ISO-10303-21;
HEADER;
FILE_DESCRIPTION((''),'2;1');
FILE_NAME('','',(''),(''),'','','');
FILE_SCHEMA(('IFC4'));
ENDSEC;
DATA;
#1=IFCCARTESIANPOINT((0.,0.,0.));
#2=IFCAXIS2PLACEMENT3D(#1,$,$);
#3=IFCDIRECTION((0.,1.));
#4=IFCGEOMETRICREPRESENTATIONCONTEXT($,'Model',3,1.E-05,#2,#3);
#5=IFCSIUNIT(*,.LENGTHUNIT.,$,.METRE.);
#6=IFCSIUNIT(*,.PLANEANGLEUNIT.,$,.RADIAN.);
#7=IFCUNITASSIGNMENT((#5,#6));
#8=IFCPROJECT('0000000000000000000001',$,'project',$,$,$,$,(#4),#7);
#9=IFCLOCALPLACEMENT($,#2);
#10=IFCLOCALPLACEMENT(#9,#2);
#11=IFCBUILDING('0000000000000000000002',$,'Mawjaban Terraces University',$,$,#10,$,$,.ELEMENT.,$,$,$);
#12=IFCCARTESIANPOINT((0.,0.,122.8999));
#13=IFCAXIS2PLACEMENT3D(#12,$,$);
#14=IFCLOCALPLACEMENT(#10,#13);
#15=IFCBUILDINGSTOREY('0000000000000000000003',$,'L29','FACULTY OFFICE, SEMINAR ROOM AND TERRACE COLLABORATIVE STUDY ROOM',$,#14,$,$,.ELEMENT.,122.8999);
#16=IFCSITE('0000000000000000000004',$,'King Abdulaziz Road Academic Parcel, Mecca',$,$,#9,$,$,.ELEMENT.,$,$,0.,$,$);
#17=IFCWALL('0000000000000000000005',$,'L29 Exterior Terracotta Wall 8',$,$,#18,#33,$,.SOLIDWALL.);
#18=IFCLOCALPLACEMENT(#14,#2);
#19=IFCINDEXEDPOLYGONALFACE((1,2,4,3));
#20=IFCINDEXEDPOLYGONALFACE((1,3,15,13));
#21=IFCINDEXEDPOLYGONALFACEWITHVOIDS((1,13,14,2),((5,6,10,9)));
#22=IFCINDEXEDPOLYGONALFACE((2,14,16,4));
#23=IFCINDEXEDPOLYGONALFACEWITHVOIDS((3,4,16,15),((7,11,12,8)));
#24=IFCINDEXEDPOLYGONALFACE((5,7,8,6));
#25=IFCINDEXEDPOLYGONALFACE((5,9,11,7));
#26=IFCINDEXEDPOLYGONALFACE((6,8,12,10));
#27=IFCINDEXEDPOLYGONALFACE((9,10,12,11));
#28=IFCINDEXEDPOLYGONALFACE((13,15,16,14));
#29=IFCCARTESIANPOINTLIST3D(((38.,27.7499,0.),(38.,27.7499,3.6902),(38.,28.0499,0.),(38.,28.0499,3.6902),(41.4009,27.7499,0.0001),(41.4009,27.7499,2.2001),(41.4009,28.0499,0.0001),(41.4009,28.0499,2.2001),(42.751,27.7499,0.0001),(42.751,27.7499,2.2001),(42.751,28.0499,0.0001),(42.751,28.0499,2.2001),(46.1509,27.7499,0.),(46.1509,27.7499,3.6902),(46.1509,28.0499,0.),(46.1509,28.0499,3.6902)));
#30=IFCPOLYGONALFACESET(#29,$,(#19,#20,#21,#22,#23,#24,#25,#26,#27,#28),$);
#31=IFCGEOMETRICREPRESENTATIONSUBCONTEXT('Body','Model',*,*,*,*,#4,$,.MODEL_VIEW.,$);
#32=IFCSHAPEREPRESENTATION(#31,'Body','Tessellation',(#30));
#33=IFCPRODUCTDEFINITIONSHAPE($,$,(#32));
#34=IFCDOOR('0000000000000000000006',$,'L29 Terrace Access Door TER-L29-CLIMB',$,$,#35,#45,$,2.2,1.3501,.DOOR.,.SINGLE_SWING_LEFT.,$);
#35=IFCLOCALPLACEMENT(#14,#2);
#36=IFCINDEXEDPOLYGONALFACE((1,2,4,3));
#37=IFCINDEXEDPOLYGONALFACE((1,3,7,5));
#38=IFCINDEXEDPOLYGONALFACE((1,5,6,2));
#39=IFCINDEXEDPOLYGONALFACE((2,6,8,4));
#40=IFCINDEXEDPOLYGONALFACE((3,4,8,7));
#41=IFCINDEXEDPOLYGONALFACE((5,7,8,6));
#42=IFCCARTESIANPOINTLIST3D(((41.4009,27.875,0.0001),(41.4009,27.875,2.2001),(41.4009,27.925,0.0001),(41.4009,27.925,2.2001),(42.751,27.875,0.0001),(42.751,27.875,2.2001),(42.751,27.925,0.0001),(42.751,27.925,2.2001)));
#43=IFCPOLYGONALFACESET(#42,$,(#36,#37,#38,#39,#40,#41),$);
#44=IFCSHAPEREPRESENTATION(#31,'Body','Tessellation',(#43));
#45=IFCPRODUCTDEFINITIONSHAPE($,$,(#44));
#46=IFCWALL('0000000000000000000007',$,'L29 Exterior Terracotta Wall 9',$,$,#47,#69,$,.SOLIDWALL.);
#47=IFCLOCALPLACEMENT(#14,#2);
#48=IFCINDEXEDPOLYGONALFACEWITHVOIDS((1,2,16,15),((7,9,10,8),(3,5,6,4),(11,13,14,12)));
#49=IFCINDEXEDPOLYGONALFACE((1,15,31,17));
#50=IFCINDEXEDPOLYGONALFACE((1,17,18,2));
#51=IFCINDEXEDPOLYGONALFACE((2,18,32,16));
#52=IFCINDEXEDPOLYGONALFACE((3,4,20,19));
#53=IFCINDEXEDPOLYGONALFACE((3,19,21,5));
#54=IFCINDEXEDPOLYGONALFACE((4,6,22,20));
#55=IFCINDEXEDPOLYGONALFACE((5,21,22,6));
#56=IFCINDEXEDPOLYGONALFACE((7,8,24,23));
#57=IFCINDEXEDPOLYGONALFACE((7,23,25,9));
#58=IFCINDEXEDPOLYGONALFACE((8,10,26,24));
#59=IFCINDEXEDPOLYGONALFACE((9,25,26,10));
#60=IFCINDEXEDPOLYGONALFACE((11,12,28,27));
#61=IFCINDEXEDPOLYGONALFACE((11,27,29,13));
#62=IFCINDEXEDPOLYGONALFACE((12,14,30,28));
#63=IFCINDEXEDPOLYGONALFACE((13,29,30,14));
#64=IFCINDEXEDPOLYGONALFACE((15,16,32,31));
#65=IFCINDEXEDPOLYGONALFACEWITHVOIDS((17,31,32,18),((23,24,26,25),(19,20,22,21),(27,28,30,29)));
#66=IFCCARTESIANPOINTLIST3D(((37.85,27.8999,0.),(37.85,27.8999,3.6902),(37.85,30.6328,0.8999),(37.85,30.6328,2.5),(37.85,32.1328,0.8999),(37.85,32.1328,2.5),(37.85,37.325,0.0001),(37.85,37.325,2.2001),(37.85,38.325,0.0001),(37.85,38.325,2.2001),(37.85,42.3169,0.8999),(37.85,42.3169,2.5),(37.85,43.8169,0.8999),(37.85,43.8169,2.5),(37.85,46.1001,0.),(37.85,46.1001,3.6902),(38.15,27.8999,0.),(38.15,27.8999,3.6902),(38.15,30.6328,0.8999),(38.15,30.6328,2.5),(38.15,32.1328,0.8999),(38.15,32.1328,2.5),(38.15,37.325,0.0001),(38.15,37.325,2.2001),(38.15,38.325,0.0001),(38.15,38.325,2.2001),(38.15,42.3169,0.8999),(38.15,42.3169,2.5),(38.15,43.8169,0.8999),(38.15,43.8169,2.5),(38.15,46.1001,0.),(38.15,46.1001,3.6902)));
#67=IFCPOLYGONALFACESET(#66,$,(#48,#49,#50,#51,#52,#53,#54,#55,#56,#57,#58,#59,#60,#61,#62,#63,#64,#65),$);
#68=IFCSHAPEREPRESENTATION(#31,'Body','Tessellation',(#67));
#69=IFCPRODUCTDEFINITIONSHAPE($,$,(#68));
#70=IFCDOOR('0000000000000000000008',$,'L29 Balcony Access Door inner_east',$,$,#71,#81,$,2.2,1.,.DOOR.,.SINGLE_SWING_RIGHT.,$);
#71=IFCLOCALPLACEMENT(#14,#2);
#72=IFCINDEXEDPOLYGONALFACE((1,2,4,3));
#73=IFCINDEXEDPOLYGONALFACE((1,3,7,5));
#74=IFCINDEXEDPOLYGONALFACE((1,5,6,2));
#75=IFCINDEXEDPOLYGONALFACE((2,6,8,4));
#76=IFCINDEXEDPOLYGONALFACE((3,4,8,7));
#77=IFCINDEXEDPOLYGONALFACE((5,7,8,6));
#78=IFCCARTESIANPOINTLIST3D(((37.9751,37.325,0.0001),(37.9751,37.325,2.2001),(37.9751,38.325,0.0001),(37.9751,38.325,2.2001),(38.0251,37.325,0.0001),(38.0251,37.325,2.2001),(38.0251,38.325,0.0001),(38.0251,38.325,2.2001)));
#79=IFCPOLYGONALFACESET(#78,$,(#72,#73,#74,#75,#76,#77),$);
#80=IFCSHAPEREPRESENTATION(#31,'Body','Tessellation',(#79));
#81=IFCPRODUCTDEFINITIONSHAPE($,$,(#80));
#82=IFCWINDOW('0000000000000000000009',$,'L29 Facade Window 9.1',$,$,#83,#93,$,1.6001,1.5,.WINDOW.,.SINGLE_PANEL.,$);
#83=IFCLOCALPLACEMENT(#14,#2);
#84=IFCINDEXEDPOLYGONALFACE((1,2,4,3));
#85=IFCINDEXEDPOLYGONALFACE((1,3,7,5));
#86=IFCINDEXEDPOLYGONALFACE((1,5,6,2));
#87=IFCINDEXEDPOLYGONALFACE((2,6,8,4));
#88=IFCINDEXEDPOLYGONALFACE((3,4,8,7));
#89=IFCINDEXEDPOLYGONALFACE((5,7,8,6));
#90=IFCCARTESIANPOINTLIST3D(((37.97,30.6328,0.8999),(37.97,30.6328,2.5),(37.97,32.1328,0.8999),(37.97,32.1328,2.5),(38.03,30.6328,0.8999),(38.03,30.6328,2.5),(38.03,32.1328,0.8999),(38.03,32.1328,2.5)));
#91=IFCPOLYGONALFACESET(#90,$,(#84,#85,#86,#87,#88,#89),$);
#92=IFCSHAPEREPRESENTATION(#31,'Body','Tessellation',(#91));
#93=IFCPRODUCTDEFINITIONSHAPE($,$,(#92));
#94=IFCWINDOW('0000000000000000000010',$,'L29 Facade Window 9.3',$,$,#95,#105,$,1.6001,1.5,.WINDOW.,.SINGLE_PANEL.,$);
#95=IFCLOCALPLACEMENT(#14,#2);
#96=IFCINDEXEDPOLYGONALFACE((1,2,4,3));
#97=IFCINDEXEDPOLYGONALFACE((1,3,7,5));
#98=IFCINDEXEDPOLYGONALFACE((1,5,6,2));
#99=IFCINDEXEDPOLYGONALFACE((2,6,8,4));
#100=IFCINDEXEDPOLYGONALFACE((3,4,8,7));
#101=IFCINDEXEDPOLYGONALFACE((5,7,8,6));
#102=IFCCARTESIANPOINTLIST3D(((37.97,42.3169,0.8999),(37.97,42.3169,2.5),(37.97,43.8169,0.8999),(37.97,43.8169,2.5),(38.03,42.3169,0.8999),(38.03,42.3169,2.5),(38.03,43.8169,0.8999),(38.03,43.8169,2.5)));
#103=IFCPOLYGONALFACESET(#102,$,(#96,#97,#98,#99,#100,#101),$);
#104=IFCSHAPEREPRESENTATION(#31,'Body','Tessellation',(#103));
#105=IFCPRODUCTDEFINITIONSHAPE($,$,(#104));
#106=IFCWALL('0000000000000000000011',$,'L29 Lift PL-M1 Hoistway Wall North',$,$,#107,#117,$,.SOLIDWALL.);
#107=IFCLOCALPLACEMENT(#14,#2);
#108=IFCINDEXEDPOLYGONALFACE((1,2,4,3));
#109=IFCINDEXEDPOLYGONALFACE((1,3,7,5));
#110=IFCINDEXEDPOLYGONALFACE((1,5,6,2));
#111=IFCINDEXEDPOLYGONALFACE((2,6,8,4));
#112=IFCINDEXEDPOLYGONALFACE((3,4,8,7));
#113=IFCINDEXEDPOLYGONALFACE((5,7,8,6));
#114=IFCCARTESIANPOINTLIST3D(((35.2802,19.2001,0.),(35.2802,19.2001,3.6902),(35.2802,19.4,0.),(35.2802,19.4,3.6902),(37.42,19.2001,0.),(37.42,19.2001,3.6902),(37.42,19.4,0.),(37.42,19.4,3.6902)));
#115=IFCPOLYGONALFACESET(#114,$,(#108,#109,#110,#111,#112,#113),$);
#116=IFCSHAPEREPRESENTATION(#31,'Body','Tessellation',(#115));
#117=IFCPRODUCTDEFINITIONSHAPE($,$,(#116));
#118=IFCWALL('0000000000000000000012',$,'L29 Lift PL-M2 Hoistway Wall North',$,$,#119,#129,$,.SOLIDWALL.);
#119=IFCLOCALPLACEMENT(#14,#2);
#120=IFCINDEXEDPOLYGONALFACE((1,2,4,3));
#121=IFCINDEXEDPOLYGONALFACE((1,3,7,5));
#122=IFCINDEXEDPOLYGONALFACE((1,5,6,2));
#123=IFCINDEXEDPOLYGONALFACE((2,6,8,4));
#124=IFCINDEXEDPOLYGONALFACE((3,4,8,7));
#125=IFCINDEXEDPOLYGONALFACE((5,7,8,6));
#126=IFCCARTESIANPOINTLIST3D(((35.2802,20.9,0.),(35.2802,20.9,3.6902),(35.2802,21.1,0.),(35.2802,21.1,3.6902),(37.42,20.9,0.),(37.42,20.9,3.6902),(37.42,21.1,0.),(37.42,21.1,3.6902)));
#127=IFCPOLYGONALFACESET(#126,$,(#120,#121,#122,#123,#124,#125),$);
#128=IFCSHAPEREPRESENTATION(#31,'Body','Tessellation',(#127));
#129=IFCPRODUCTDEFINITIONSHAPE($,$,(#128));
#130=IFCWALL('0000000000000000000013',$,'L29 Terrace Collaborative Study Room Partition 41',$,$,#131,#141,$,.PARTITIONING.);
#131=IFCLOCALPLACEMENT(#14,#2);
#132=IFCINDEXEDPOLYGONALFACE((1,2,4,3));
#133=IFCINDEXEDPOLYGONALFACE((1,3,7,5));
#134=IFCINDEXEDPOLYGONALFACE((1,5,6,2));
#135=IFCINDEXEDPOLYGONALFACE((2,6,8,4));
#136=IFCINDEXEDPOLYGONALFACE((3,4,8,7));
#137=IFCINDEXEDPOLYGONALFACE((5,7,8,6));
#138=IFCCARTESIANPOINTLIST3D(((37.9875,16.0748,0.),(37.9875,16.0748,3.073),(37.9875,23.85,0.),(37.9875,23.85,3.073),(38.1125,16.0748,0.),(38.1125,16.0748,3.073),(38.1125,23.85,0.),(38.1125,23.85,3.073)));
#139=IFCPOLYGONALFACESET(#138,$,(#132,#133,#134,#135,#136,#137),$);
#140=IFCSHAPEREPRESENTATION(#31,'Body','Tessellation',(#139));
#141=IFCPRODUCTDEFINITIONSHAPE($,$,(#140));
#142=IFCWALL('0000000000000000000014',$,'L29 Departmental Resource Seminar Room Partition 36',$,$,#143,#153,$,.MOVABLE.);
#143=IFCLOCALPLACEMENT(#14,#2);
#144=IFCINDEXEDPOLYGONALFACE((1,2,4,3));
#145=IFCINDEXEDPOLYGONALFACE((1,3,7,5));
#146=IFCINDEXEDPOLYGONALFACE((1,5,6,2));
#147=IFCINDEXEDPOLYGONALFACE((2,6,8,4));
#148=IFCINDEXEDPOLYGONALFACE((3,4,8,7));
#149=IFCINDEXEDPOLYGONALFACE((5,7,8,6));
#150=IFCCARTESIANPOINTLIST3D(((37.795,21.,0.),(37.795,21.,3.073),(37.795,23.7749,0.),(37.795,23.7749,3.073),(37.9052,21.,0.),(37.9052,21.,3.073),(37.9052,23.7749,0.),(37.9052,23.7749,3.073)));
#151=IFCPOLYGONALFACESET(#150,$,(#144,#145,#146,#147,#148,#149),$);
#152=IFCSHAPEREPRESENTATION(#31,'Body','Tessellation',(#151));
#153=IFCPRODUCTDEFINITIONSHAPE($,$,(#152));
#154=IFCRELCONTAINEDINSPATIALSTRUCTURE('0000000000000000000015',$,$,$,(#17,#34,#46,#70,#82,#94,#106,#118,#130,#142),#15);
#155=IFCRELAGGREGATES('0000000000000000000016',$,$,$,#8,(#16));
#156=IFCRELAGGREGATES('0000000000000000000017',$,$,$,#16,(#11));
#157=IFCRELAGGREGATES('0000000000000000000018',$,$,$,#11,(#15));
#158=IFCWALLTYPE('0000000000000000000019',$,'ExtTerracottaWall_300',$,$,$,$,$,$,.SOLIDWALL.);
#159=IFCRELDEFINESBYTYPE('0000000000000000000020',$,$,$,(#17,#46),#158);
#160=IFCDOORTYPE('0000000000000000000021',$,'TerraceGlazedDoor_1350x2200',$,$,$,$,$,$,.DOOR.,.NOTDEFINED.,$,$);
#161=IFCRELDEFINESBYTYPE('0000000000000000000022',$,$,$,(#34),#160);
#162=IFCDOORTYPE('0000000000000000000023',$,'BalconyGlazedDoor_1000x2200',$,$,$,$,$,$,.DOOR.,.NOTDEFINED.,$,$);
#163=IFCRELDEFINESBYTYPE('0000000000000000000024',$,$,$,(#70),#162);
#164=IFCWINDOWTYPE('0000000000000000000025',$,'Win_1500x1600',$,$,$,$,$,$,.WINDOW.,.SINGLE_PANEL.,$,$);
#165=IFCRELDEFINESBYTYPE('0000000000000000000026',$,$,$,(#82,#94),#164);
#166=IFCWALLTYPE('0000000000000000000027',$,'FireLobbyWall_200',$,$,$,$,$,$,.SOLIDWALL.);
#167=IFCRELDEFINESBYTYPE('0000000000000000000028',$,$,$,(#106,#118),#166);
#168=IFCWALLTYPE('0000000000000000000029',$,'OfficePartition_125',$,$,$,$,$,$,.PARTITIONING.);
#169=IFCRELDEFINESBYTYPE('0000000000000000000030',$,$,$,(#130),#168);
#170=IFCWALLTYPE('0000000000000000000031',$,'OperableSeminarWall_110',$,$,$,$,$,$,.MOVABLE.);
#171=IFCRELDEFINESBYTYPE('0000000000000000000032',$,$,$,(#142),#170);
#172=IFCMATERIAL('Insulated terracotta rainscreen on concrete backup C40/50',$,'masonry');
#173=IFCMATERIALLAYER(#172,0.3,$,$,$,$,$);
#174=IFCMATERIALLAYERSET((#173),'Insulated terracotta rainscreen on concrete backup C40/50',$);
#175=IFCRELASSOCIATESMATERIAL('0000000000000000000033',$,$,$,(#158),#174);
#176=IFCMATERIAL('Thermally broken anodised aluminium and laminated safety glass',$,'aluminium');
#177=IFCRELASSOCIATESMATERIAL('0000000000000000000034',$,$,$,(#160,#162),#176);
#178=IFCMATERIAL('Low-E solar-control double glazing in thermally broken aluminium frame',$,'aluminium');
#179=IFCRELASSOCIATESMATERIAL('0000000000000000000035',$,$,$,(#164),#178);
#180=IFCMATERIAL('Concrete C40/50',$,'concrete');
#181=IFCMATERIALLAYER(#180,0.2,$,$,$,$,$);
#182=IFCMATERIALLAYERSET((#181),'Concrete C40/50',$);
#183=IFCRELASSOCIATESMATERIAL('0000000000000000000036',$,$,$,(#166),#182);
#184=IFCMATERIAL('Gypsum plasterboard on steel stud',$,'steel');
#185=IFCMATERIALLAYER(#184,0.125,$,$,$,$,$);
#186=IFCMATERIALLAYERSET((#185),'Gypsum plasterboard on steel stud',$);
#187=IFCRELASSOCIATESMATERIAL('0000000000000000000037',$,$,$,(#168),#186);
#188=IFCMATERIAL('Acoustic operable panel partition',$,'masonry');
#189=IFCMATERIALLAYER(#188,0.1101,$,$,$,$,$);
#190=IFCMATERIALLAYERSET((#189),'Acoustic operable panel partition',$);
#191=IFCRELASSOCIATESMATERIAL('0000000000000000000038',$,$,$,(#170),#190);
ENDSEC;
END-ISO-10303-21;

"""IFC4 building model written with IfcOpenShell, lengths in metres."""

from ifc_helpers import new_model, si_unit, direction, frame, frame_2d, origin, place, context, subcontext, project, spatial, rectangle, extrude, material, layer, layer_set, type_object, element, fill, save


model = new_model("IFC4")

# Units and contexts
model_context = context("Model", 3, precision=1e-05, world=origin(), true_north=direction((0.0, 1.0)))
body_context = subcontext(model_context, "Body", "Model", "MODEL_VIEW")
ifc_project = project(units=[si_unit("LENGTHUNIT", "METRE"), si_unit("PLANEANGLEUNIT", "RADIAN")], contexts=[model_context])

# Site, building, storey
site_placement = place(None, origin())
site = spatial("IfcSite", under=ifc_project, at=site_placement, Name="King Abdulaziz Road Academic Parcel, Mecca", CompositionType="ELEMENT", RefElevation=0.0)
building_placement = place(site_placement, origin())
building = spatial("IfcBuilding", under=site, at=building_placement, Name="Mawjaban Terraces University", CompositionType="ELEMENT")
storey_placement = place(building_placement, frame((0.0, 0.0, 122.8999)))
storey = spatial("IfcBuildingStorey", under=building, at=storey_placement, Name="L29", Description="FACULTY OFFICE, SEMINAR ROOM AND TERRACE COLLABORATIVE STUDY ROOM", CompositionType="ELEMENT", Elevation=122.8999)

# Shared definitions
ifc_material_1 = material(Name="Insulated terracotta rainscreen on concrete backup C40/50", Category="masonry")
ifc_layer_1 = layer(ifc_material_1, 0.3)
ifc_layer_set_1 = layer_set([ifc_layer_1], Name="Insulated terracotta rainscreen on concrete backup C40/50")
wall_type_1 = type_object("IfcWallType", Name="ExtTerracottaWall_300", PredefinedType="SOLIDWALL", material=ifc_layer_set_1)

# Wall, opening, door
wall_1_placement = place(storey_placement, frame((46.1509, 27.8999, 0.0), z_axis=(0.0, 0.0, 1.0), x_axis=(-1.0, 0.0, 0.0)))
wall_1 = element("IfcWall", 1, at=wall_1_placement, inside=storey, type_object=wall_type_1, Name="L29 Exterior Terracotta Wall 8", PredefinedType="SOLIDWALL", context=body_context, shape_type="SweptSolid", body=[
    extrude(rectangle(XDim=8.1509, YDim=0.3, at=frame_2d((4.0754, 0.0))), origin(), (0.0, 0.0, 1.0), 3.6902),
])
opening_1_placement = place(wall_1_placement, frame((3.3999, 0.0, 0.0)))
opening_1 = element("IfcOpeningElement", 2, at=opening_1_placement, cuts=wall_1, PredefinedType="OPENING", context=body_context, shape_type="SweptSolid", body=[
    extrude(rectangle(XDim=1.3501, YDim=2.2, at=frame_2d((0.675, 1.1001))), frame((0.0, 0.1599, 0.0), z_axis=(0.0, -1.0, 0.0), x_axis=(1.0, 0.0, 0.0)), (0.0, 0.0, 1.0), 0.3201),
])
ifc_material_2 = material(Name="Thermally broken anodised aluminium and laminated safety glass", Category="aluminium")
door_type_1 = type_object("IfcDoorType", Name="TerraceGlazedDoor_1350x2200", OperationType="NOTDEFINED", PredefinedType="DOOR", material=ifc_material_2)
door_1_placement = place(opening_1_placement, origin())
door_1 = element("IfcDoor", 3, at=door_1_placement, inside=storey, type_object=door_type_1, Name="L29 Terrace Access Door TER-L29-CLIMB", OperationType="SINGLE_SWING_LEFT", OverallHeight=2.2, OverallWidth=1.3501, PredefinedType="DOOR", context=body_context, shape_type="SweptSolid", body=[
    extrude(rectangle(XDim=1.3501, YDim=2.2, at=frame_2d((0.675, 1.1001))), frame((0.0, 0.0249, 0.0), z_axis=(0.0, -1.0, 0.0), x_axis=(1.0, 0.0, 0.0)), (0.0, 0.0, 1.0), 0.05),
])
fill(opening_1, door_1)

# Wall, openings, door, windows
wall_2_placement = place(storey_placement, frame((38.0, 27.8999, 0.0), z_axis=(0.0, 0.0, 1.0), x_axis=(0.0, 1.0, 0.0)))
wall_2 = element("IfcWall", 4, at=wall_2_placement, inside=storey, type_object=wall_type_1, Name="L29 Exterior Terracotta Wall 9", PredefinedType="SOLIDWALL", context=body_context, shape_type="SweptSolid", body=[
    extrude(rectangle(XDim=18.2002, YDim=0.3, at=frame_2d((9.1001, 0.0))), origin(), (0.0, 0.0, 1.0), 3.6902),
])
opening_2_placement = place(wall_2_placement, frame((9.425, 0.0, 0.0)))
opening_2 = element("IfcOpeningElement", 5, at=opening_2_placement, cuts=wall_2, PredefinedType="OPENING", context=body_context, shape_type="SweptSolid", body=[
    extrude(rectangle(XDim=1.0, YDim=2.2, at=frame_2d((0.5, 1.1001))), frame((0.0, 0.1599, 0.0), z_axis=(0.0, -1.0, 0.0), x_axis=(1.0, 0.0, 0.0)), (0.0, 0.0, 1.0), 0.3201),
])
opening_3_placement = place(wall_2_placement, frame((2.7329, 0.0, 0.8999)))
opening_3 = element("IfcOpeningElement", 6, at=opening_3_placement, cuts=wall_2, PredefinedType="OPENING", context=body_context, shape_type="SweptSolid", body=[
    extrude(rectangle(XDim=1.5, YDim=1.6001, at=frame_2d((0.75, 0.8))), frame((0.0, 0.1599, 0.0), z_axis=(0.0, -1.0, 0.0), x_axis=(1.0, 0.0, 0.0)), (0.0, 0.0, 1.0), 0.3201),
])
opening_4_placement = place(wall_2_placement, frame((14.417, 0.0, 0.8999)))
opening_4 = element("IfcOpeningElement", 7, at=opening_4_placement, cuts=wall_2, PredefinedType="OPENING", context=body_context, shape_type="SweptSolid", body=[
    extrude(rectangle(XDim=1.5, YDim=1.6001, at=frame_2d((0.75, 0.8))), frame((0.0, 0.1599, 0.0), z_axis=(0.0, -1.0, 0.0), x_axis=(1.0, 0.0, 0.0)), (0.0, 0.0, 1.0), 0.3201),
])
door_type_2 = type_object("IfcDoorType", Name="BalconyGlazedDoor_1000x2200", OperationType="NOTDEFINED", PredefinedType="DOOR", material=ifc_material_2)
door_2_placement = place(opening_2_placement, origin())
door_2 = element("IfcDoor", 8, at=door_2_placement, inside=storey, type_object=door_type_2, Name="L29 Balcony Access Door inner_east", OperationType="SINGLE_SWING_RIGHT", OverallHeight=2.2, OverallWidth=1.0, PredefinedType="DOOR", context=body_context, shape_type="SweptSolid", body=[
    extrude(rectangle(XDim=1.0, YDim=2.2, at=frame_2d((0.5, 1.1001))), frame((0.0, 0.0249, 0.0), z_axis=(0.0, -1.0, 0.0), x_axis=(1.0, 0.0, 0.0)), (0.0, 0.0, 1.0), 0.05),
])
fill(opening_2, door_2)
ifc_material_3 = material(Name="Low-E solar-control double glazing in thermally broken aluminium frame", Category="aluminium")
window_type = type_object("IfcWindowType", Name="Win_1500x1600", PartitioningType="SINGLE_PANEL", PredefinedType="WINDOW", material=ifc_material_3)
window_1_placement = place(opening_3_placement, origin())
window_1 = element("IfcWindow", 9, at=window_1_placement, inside=storey, type_object=window_type, Name="L29 Facade Window 9.1", OverallHeight=1.6001, OverallWidth=1.5, PartitioningType="SINGLE_PANEL", PredefinedType="WINDOW", context=body_context, shape_type="SweptSolid", body=[
    extrude(rectangle(XDim=1.5, YDim=1.6001, at=frame_2d((0.75, 0.8))), frame((0.0, 0.03, 0.0), z_axis=(0.0, -1.0, 0.0), x_axis=(1.0, 0.0, 0.0)), (0.0, 0.0, 1.0), 0.0601),
])
fill(opening_3, window_1)
window_2_placement = place(opening_4_placement, origin())
window_2 = element("IfcWindow", 10, at=window_2_placement, inside=storey, type_object=window_type, Name="L29 Facade Window 9.3", OverallHeight=1.6001, OverallWidth=1.5, PartitioningType="SINGLE_PANEL", PredefinedType="WINDOW", context=body_context, shape_type="SweptSolid", body=[
    extrude(rectangle(XDim=1.5, YDim=1.6001, at=frame_2d((0.75, 0.8))), frame((0.0, 0.03, 0.0), z_axis=(0.0, -1.0, 0.0), x_axis=(1.0, 0.0, 0.0)), (0.0, 0.0, 1.0), 0.0601),
])
fill(opening_4, window_2)

# Walls
ifc_material_4 = material(Name="Concrete C40/50", Category="concrete")
ifc_layer_2 = layer(ifc_material_4, 0.2)
ifc_layer_set_2 = layer_set([ifc_layer_2], Name="Concrete C40/50")
wall_type_2 = type_object("IfcWallType", Name="FireLobbyWall_200", PredefinedType="SOLIDWALL", material=ifc_layer_set_2)
for number, where, z_axis, x_axis, name in (
    (11, (37.4199, 19.3, 0.0), (0.0, 0.0, 1.0), (-1.0, 0.0, 0.0), "L29 Lift PL-M1 Hoistway Wall North"),
    (12, (37.4199, 21.0, 0.0), (0.0, 0.0, 1.0), (-1.0, 0.0, 0.0), "L29 Lift PL-M2 Hoistway Wall North"),
):
    element("IfcWall", number, at=place(storey_placement, frame(where, z_axis=z_axis, x_axis=x_axis)), inside=storey, type_object=wall_type_2, Name=name, PredefinedType="SOLIDWALL", context=body_context, shape_type="SweptSolid", body=[
        extrude(rectangle(XDim=2.1399, YDim=0.2, at=frame_2d((1.0698, 0.0))), origin(), (0.0, 0.0, 1.0), 3.6902),
    ])
ifc_material_5 = material(Name="Gypsum plasterboard on steel stud", Category="steel")
ifc_layer_3 = layer(ifc_material_5, 0.125)
ifc_layer_set_3 = layer_set([ifc_layer_3], Name="Gypsum plasterboard on steel stud")
wall_type_3 = type_object("IfcWallType", Name="OfficePartition_125", PredefinedType="PARTITIONING", material=ifc_layer_set_3)
wall_3_placement = place(storey_placement, frame((38.05, 23.8501, 0.0), z_axis=(0.0, 0.0, 1.0), x_axis=(0.0, -1.0, 0.0)))
element("IfcWall", 13, at=wall_3_placement, inside=storey, type_object=wall_type_3, Name="L29 Terrace Collaborative Study Room Partition 41", PredefinedType="PARTITIONING", context=body_context, shape_type="SweptSolid", body=[
    extrude(rectangle(XDim=7.7751, YDim=0.125, at=frame_2d((3.8877, 0.0))), origin(), (0.0, 0.0, 1.0), 3.073),
])
ifc_material_6 = material(Name="Acoustic operable panel partition", Category="masonry")
ifc_layer_4 = layer(ifc_material_6, 0.1101)
ifc_layer_set_4 = layer_set([ifc_layer_4], Name="Acoustic operable panel partition")
wall_type_4 = type_object("IfcWallType", Name="OperableSeminarWall_110", PredefinedType="MOVABLE", material=ifc_layer_set_4)
wall_4_placement = place(storey_placement, frame((37.8501, 21.0, 0.0), z_axis=(0.0, 0.0, 1.0), x_axis=(0.0, 1.0, 0.0)))
element("IfcWall", 14, at=wall_4_placement, inside=storey, type_object=wall_type_4, Name="L29 Departmental Resource Seminar Room Partition 36", PredefinedType="MOVABLE", context=body_context, shape_type="SweptSolid", body=[
    extrude(rectangle(XDim=2.7749, YDim=0.1101, at=frame_2d((1.3875, 0.0))), origin(), (0.0, 0.0, 1.0), 3.073),
])

save(model, "model.ifc")
